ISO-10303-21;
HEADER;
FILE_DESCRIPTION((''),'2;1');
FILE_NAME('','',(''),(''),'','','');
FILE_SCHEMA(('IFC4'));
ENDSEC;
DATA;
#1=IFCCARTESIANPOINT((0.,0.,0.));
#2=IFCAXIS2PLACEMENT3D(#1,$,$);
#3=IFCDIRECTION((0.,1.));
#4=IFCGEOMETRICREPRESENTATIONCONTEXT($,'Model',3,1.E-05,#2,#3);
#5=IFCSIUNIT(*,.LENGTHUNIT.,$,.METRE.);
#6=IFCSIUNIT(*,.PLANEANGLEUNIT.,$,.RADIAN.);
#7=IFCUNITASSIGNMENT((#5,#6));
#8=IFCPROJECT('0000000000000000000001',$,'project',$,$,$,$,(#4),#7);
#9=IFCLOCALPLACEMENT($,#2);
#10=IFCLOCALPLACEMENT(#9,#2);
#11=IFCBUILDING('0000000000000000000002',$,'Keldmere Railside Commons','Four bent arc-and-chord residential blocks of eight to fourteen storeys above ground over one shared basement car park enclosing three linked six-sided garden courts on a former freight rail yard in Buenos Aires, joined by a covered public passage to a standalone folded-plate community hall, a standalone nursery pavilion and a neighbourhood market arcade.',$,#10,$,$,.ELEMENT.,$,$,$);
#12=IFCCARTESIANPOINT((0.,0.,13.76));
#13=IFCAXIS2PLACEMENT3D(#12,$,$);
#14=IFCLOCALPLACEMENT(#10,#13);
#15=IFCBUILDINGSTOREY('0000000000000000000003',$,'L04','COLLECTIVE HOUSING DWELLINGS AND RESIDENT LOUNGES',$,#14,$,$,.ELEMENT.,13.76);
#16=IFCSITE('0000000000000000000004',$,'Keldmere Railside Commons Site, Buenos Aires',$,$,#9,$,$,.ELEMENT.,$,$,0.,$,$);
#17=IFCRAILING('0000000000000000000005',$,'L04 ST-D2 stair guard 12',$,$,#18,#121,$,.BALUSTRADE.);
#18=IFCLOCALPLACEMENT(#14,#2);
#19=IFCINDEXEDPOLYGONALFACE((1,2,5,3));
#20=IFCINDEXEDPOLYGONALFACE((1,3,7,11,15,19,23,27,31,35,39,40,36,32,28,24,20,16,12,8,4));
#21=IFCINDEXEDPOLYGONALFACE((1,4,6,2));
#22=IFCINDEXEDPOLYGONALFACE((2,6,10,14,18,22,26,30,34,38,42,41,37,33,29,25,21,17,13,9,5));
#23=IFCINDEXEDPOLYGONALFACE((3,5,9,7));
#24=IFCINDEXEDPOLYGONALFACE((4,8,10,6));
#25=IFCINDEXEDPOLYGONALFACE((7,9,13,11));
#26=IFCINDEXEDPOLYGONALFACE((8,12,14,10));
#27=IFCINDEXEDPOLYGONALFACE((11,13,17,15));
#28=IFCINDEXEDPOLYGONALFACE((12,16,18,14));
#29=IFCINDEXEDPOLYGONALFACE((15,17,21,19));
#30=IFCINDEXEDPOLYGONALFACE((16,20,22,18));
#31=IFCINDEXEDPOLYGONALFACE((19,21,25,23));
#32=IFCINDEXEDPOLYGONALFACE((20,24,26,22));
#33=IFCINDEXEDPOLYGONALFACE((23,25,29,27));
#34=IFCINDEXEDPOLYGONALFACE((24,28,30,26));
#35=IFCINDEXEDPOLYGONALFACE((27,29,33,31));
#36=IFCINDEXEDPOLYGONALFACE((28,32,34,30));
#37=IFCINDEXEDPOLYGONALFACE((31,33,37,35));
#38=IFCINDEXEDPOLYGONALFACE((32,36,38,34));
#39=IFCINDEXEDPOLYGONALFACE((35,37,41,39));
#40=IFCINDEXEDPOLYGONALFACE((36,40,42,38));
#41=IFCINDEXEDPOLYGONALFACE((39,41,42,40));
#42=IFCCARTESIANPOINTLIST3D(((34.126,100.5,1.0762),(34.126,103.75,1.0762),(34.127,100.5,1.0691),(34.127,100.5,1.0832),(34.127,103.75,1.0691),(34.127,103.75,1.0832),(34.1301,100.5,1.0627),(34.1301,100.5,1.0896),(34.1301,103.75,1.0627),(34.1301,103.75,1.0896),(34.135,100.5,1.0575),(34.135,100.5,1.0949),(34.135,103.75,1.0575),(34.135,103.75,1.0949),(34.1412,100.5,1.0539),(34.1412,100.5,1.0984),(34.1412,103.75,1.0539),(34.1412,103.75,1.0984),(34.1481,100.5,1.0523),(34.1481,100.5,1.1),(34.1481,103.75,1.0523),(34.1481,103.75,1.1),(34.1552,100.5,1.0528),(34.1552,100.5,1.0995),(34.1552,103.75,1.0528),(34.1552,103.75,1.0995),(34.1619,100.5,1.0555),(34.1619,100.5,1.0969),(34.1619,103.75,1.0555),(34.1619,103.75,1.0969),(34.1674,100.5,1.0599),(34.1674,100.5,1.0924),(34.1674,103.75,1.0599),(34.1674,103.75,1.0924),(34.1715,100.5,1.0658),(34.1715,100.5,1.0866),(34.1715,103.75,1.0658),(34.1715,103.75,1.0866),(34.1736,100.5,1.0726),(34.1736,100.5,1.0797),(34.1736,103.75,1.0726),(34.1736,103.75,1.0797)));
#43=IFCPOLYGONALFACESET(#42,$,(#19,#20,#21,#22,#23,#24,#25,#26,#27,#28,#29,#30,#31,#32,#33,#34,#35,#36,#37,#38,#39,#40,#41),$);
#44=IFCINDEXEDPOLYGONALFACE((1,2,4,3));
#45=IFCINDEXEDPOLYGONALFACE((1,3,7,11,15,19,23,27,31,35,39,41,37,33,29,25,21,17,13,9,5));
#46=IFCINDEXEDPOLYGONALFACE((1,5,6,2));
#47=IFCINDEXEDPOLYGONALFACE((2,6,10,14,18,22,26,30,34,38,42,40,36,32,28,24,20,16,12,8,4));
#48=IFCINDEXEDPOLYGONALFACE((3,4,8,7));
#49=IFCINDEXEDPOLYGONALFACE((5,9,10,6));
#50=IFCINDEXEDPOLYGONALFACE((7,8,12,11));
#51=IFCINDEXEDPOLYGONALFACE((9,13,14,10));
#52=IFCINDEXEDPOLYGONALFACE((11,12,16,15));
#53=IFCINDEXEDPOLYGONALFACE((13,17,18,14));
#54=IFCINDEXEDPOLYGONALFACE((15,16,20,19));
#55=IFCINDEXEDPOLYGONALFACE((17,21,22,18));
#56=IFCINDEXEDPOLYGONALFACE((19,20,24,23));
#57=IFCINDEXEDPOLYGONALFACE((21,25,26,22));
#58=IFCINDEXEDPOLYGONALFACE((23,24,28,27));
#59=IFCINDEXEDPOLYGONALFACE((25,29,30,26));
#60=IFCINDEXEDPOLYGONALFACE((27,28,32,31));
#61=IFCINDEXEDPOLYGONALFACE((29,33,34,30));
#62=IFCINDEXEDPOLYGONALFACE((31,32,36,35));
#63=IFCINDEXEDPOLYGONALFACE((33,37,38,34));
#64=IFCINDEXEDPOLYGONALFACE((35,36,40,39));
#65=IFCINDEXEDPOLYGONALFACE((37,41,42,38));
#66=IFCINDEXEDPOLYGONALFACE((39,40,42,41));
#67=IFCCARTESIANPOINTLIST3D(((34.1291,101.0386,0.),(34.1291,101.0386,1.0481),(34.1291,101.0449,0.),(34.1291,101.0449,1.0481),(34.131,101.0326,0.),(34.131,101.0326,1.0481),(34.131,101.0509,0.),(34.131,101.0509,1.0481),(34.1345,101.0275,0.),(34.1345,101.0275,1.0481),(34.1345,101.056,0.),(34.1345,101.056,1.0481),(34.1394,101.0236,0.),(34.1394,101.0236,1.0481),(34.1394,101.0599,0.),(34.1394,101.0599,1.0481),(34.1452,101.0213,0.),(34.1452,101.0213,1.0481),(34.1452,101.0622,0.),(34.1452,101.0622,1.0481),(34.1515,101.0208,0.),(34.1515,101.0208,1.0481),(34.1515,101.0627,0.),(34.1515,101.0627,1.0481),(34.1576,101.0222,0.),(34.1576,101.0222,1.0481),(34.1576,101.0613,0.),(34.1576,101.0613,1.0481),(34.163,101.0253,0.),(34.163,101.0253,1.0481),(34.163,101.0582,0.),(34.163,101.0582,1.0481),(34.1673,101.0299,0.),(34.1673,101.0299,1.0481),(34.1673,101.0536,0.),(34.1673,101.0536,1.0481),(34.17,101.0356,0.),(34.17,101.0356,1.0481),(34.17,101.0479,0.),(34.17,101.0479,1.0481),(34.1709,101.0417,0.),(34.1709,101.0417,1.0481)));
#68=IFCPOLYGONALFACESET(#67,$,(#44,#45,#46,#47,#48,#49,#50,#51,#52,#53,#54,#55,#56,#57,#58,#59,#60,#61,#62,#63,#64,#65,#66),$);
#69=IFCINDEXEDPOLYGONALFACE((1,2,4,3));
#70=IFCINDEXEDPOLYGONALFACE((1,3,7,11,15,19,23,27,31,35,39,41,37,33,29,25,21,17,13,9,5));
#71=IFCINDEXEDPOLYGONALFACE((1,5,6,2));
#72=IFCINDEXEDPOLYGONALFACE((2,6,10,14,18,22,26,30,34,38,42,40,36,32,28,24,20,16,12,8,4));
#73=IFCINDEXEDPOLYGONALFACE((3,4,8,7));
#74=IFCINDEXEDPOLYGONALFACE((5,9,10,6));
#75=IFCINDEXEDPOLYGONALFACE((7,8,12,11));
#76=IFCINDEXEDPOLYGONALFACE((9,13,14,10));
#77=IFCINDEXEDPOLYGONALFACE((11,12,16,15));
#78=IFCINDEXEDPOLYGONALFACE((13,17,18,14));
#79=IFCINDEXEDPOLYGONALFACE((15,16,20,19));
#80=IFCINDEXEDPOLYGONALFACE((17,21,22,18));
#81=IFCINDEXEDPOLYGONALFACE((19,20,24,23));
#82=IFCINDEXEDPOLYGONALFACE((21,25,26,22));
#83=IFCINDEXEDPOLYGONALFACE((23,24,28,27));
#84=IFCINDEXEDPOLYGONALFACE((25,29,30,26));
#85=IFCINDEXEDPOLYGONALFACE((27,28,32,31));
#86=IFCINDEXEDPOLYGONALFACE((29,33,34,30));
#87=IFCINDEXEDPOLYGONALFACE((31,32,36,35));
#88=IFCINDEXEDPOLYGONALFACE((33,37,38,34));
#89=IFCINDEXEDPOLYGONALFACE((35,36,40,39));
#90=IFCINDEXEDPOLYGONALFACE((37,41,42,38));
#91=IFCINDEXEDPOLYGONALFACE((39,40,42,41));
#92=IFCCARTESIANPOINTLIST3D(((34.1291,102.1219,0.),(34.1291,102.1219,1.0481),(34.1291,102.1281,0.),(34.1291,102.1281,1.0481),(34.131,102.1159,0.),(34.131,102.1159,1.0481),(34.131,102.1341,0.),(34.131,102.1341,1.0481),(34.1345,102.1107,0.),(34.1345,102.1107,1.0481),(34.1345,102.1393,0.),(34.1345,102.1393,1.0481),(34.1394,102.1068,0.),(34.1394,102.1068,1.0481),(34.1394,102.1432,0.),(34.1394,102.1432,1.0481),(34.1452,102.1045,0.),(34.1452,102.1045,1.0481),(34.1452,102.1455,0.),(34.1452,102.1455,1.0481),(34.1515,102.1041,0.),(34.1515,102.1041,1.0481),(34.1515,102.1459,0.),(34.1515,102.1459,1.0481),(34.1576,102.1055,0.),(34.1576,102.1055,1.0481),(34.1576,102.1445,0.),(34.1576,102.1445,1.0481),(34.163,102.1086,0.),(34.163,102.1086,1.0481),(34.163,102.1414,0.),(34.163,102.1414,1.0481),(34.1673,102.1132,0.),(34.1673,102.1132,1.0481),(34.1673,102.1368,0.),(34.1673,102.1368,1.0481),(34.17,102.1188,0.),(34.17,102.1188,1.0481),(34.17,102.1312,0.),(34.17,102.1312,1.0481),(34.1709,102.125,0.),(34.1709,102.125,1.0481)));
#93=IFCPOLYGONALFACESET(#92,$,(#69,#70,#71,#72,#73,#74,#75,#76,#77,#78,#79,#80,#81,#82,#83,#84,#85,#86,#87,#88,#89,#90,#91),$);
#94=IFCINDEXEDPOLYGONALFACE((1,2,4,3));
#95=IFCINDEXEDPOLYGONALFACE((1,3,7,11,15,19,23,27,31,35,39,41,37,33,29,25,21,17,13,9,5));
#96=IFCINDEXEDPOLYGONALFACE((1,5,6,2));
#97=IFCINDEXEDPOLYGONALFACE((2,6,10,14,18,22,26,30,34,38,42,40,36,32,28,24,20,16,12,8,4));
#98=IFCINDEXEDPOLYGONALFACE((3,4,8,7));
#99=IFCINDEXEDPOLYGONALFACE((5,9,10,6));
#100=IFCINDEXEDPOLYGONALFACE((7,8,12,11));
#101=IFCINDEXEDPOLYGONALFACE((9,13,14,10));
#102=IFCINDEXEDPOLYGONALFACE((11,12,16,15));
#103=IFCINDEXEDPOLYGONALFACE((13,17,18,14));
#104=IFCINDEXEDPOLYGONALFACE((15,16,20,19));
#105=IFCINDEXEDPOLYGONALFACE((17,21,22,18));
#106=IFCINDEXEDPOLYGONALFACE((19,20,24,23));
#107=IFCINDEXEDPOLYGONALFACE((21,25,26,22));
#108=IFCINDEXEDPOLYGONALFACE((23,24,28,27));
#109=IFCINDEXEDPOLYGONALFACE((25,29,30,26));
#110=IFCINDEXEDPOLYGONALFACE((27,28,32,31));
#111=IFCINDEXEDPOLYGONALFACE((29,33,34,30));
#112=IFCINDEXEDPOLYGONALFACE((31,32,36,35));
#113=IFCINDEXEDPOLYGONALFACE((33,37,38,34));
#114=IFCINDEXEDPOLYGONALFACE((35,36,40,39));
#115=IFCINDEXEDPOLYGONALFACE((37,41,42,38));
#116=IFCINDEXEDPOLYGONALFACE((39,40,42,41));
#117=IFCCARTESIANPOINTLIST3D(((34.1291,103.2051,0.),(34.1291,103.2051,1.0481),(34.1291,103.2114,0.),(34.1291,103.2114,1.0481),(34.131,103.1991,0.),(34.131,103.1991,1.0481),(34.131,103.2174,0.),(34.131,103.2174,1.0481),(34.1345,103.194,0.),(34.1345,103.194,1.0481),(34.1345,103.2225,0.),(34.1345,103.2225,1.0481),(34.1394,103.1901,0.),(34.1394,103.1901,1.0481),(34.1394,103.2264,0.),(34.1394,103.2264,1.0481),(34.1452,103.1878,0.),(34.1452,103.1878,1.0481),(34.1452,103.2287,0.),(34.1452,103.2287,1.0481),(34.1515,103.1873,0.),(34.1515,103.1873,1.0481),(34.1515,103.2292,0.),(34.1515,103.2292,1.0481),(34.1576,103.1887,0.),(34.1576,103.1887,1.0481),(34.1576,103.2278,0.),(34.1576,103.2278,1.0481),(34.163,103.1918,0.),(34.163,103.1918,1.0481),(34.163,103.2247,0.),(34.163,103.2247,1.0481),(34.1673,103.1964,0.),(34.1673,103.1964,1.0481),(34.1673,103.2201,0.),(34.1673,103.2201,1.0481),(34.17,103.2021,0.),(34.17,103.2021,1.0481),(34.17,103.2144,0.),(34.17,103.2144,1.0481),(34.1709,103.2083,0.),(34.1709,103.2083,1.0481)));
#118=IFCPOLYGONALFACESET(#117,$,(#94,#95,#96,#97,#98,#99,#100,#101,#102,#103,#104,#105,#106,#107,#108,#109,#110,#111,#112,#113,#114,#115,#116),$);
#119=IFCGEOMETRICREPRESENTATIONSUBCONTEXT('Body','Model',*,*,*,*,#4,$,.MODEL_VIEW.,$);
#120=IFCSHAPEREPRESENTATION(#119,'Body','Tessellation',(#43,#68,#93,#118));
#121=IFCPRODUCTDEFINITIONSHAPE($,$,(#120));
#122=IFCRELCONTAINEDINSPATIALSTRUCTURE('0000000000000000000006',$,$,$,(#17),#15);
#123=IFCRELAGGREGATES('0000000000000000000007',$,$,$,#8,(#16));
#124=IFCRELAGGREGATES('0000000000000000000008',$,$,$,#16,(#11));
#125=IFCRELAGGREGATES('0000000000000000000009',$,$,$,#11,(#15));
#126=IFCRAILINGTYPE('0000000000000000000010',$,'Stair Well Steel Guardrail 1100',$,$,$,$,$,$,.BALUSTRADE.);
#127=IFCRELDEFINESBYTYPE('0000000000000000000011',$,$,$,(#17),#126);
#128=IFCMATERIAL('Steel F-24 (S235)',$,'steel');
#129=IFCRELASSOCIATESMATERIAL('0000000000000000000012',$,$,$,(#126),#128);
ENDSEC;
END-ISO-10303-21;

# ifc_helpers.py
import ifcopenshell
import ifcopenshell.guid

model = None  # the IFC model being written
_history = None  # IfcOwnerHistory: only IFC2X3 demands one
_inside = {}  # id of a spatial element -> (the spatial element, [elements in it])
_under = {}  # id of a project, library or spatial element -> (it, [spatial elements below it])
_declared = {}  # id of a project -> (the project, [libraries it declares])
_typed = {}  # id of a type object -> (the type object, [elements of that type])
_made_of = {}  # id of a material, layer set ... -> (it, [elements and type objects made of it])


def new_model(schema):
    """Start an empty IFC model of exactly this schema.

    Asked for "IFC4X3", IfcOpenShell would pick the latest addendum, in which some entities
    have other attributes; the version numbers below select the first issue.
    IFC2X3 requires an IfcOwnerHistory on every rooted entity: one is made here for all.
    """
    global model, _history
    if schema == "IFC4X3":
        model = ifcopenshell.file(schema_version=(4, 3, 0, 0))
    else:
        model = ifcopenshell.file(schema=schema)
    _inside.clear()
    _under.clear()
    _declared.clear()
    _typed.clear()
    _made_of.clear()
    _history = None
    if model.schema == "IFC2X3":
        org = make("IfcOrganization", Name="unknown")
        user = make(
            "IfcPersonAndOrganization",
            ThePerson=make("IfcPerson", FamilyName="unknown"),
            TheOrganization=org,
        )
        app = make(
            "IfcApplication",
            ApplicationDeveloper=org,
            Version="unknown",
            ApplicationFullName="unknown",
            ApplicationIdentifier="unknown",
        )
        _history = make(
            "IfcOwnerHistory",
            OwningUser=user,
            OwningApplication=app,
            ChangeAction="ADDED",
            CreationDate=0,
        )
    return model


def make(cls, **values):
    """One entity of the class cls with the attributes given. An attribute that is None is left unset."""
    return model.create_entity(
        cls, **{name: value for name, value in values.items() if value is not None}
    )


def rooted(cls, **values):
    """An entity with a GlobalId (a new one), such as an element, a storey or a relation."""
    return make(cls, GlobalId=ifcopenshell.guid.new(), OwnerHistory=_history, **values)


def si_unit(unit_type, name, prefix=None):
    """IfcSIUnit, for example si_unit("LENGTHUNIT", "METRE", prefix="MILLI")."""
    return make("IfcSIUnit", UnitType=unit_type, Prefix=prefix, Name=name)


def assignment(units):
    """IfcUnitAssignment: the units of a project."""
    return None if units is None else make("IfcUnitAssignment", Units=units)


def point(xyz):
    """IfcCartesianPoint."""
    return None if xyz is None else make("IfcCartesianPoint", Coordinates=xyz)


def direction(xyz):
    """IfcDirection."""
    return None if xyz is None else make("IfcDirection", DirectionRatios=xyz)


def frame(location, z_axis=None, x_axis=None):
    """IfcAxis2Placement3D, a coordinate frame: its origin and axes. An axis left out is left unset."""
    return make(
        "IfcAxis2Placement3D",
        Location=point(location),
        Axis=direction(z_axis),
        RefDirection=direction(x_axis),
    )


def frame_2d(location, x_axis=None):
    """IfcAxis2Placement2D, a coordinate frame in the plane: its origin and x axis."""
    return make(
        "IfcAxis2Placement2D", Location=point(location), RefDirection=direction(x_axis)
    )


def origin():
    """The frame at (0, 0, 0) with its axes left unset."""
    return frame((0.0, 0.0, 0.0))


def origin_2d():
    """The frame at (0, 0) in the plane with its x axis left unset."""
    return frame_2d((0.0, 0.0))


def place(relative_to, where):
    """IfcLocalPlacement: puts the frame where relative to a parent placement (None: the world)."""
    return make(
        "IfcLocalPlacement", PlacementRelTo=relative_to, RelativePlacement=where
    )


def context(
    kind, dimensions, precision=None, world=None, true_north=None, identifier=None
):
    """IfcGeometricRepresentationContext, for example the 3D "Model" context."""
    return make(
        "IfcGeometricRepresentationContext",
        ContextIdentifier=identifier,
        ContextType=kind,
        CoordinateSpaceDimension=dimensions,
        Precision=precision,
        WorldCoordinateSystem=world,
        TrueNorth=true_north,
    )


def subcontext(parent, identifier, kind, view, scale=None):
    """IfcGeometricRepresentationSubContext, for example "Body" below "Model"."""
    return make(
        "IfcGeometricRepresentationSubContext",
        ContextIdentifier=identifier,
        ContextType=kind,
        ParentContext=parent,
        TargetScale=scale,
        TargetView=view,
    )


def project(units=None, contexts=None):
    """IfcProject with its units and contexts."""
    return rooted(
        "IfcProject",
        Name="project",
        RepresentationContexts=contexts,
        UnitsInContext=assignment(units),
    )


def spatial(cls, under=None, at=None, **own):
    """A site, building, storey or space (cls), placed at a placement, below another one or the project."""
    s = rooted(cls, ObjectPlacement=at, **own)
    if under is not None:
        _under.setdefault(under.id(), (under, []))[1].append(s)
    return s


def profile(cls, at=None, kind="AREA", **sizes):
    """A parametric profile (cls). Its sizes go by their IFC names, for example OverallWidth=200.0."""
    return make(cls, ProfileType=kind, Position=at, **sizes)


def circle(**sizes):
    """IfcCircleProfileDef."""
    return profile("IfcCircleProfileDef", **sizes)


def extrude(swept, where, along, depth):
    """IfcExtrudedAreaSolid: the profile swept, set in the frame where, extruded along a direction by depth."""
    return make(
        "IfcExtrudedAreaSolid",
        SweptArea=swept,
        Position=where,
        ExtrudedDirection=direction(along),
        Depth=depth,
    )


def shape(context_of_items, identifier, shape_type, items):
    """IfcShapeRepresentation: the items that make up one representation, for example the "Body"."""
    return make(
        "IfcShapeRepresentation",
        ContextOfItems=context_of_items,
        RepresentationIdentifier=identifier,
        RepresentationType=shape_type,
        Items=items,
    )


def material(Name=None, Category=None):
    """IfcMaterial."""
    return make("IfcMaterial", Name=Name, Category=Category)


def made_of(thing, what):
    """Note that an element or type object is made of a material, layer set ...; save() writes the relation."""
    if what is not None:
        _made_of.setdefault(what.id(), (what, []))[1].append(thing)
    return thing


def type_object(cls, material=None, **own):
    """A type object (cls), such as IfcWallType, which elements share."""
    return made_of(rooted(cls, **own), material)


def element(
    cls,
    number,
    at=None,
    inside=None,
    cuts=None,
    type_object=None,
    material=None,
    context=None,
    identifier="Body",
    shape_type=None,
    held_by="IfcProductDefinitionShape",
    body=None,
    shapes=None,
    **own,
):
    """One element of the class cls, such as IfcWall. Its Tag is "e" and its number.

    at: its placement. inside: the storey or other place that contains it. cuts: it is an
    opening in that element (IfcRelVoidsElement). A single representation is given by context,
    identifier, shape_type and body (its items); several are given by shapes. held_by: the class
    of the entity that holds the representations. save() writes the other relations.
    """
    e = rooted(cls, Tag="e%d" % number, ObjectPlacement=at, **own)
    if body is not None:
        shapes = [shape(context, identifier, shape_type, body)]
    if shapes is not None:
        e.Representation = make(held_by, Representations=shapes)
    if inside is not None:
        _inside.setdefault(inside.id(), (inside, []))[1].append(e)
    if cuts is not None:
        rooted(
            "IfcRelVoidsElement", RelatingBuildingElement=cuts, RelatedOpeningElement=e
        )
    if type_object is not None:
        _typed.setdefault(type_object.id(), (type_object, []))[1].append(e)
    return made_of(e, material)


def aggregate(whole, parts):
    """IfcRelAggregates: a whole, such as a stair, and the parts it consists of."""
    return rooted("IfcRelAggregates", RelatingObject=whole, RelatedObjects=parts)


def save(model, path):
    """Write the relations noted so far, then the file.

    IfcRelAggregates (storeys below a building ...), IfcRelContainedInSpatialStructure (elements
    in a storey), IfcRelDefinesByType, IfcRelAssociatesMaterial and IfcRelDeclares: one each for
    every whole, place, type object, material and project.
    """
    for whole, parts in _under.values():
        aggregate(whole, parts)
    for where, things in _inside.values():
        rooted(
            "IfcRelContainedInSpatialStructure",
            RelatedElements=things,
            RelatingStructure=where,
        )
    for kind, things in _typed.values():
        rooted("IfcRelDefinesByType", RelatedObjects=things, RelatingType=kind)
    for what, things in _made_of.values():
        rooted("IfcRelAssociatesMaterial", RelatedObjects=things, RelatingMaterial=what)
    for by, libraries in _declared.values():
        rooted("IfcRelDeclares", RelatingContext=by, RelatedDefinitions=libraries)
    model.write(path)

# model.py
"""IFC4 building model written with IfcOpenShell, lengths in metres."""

from ifc_helpers import new_model, si_unit, direction, frame, origin, origin_2d, place, context, subcontext, project, spatial, circle, extrude, material, type_object, element, save


model = new_model("IFC4")

# Units and contexts
model_context = context("Model", 3, precision=1e-05, world=origin(), true_north=direction((0.0, 1.0)))
body_context = subcontext(model_context, "Body", "Model", "MODEL_VIEW")
ifc_project = project(units=[si_unit("LENGTHUNIT", "METRE"), si_unit("PLANEANGLEUNIT", "RADIAN")], contexts=[model_context])

# Site, building, storey
site_placement = place(None, origin())
site = spatial("IfcSite", under=ifc_project, at=site_placement, Name="Keldmere Railside Commons Site, Buenos Aires", CompositionType="ELEMENT", RefElevation=0.0)
building_placement = place(site_placement, origin())
building = spatial("IfcBuilding", under=site, at=building_placement, Name="Keldmere Railside Commons", Description="Four bent arc-and-chord residential blocks of eight to fourteen storeys above ground over one shared basement car park enclosing three linked six-sided garden courts on a former freight rail yard in Buenos Aires, joined by a covered public passage to a standalone folded-plate community hall, a standalone nursery pavilion and a neighbourhood market arcade.", CompositionType="ELEMENT")
storey_placement = place(building_placement, frame((0.0, 0.0, 13.76)))
storey = spatial("IfcBuildingStorey", under=building, at=storey_placement, Name="L04", Description="COLLECTIVE HOUSING DWELLINGS AND RESIDENT LOUNGES", CompositionType="ELEMENT", Elevation=13.76)

# Railing
ifc_material_1 = material(Name="Steel F-24 (S235)", Category="steel")
railing_type_1 = type_object("IfcRailingType", Name="Stair Well Steel Guardrail 1100", PredefinedType="BALUSTRADE", material=ifc_material_1)
railing_1_placement = place(storey_placement, frame((34.1499, 100.5, 0.0)))
element("IfcRailing", 1, at=railing_1_placement, inside=storey, type_object=railing_type_1, Name="L04 ST-D2 stair guard 12", PredefinedType="BALUSTRADE", context=body_context, shape_type="SweptSolid", body=[
    extrude(circle(Radius=0.0239, at=origin_2d()), frame((0.0, 0.0, 1.0762), z_axis=(0.0, 1.0, 0.0), x_axis=(-1.0, 0.0, 0.0)), (0.0, 0.0, 1.0), 3.25),
    extrude(circle(Radius=0.021, at=origin_2d()), frame((0.0, 0.5417, 0.0)), (0.0, 0.0, 1.0), 1.0481),
    extrude(circle(Radius=0.021, at=origin_2d()), frame((0.0, 1.625, 0.0)), (0.0, 0.0, 1.0), 1.0481),
    extrude(circle(Radius=0.021, at=origin_2d()), frame((0.0, 2.7083, 0.0)), (0.0, 0.0, 1.0), 1.0481),
])

save(model, "model.ifc")
